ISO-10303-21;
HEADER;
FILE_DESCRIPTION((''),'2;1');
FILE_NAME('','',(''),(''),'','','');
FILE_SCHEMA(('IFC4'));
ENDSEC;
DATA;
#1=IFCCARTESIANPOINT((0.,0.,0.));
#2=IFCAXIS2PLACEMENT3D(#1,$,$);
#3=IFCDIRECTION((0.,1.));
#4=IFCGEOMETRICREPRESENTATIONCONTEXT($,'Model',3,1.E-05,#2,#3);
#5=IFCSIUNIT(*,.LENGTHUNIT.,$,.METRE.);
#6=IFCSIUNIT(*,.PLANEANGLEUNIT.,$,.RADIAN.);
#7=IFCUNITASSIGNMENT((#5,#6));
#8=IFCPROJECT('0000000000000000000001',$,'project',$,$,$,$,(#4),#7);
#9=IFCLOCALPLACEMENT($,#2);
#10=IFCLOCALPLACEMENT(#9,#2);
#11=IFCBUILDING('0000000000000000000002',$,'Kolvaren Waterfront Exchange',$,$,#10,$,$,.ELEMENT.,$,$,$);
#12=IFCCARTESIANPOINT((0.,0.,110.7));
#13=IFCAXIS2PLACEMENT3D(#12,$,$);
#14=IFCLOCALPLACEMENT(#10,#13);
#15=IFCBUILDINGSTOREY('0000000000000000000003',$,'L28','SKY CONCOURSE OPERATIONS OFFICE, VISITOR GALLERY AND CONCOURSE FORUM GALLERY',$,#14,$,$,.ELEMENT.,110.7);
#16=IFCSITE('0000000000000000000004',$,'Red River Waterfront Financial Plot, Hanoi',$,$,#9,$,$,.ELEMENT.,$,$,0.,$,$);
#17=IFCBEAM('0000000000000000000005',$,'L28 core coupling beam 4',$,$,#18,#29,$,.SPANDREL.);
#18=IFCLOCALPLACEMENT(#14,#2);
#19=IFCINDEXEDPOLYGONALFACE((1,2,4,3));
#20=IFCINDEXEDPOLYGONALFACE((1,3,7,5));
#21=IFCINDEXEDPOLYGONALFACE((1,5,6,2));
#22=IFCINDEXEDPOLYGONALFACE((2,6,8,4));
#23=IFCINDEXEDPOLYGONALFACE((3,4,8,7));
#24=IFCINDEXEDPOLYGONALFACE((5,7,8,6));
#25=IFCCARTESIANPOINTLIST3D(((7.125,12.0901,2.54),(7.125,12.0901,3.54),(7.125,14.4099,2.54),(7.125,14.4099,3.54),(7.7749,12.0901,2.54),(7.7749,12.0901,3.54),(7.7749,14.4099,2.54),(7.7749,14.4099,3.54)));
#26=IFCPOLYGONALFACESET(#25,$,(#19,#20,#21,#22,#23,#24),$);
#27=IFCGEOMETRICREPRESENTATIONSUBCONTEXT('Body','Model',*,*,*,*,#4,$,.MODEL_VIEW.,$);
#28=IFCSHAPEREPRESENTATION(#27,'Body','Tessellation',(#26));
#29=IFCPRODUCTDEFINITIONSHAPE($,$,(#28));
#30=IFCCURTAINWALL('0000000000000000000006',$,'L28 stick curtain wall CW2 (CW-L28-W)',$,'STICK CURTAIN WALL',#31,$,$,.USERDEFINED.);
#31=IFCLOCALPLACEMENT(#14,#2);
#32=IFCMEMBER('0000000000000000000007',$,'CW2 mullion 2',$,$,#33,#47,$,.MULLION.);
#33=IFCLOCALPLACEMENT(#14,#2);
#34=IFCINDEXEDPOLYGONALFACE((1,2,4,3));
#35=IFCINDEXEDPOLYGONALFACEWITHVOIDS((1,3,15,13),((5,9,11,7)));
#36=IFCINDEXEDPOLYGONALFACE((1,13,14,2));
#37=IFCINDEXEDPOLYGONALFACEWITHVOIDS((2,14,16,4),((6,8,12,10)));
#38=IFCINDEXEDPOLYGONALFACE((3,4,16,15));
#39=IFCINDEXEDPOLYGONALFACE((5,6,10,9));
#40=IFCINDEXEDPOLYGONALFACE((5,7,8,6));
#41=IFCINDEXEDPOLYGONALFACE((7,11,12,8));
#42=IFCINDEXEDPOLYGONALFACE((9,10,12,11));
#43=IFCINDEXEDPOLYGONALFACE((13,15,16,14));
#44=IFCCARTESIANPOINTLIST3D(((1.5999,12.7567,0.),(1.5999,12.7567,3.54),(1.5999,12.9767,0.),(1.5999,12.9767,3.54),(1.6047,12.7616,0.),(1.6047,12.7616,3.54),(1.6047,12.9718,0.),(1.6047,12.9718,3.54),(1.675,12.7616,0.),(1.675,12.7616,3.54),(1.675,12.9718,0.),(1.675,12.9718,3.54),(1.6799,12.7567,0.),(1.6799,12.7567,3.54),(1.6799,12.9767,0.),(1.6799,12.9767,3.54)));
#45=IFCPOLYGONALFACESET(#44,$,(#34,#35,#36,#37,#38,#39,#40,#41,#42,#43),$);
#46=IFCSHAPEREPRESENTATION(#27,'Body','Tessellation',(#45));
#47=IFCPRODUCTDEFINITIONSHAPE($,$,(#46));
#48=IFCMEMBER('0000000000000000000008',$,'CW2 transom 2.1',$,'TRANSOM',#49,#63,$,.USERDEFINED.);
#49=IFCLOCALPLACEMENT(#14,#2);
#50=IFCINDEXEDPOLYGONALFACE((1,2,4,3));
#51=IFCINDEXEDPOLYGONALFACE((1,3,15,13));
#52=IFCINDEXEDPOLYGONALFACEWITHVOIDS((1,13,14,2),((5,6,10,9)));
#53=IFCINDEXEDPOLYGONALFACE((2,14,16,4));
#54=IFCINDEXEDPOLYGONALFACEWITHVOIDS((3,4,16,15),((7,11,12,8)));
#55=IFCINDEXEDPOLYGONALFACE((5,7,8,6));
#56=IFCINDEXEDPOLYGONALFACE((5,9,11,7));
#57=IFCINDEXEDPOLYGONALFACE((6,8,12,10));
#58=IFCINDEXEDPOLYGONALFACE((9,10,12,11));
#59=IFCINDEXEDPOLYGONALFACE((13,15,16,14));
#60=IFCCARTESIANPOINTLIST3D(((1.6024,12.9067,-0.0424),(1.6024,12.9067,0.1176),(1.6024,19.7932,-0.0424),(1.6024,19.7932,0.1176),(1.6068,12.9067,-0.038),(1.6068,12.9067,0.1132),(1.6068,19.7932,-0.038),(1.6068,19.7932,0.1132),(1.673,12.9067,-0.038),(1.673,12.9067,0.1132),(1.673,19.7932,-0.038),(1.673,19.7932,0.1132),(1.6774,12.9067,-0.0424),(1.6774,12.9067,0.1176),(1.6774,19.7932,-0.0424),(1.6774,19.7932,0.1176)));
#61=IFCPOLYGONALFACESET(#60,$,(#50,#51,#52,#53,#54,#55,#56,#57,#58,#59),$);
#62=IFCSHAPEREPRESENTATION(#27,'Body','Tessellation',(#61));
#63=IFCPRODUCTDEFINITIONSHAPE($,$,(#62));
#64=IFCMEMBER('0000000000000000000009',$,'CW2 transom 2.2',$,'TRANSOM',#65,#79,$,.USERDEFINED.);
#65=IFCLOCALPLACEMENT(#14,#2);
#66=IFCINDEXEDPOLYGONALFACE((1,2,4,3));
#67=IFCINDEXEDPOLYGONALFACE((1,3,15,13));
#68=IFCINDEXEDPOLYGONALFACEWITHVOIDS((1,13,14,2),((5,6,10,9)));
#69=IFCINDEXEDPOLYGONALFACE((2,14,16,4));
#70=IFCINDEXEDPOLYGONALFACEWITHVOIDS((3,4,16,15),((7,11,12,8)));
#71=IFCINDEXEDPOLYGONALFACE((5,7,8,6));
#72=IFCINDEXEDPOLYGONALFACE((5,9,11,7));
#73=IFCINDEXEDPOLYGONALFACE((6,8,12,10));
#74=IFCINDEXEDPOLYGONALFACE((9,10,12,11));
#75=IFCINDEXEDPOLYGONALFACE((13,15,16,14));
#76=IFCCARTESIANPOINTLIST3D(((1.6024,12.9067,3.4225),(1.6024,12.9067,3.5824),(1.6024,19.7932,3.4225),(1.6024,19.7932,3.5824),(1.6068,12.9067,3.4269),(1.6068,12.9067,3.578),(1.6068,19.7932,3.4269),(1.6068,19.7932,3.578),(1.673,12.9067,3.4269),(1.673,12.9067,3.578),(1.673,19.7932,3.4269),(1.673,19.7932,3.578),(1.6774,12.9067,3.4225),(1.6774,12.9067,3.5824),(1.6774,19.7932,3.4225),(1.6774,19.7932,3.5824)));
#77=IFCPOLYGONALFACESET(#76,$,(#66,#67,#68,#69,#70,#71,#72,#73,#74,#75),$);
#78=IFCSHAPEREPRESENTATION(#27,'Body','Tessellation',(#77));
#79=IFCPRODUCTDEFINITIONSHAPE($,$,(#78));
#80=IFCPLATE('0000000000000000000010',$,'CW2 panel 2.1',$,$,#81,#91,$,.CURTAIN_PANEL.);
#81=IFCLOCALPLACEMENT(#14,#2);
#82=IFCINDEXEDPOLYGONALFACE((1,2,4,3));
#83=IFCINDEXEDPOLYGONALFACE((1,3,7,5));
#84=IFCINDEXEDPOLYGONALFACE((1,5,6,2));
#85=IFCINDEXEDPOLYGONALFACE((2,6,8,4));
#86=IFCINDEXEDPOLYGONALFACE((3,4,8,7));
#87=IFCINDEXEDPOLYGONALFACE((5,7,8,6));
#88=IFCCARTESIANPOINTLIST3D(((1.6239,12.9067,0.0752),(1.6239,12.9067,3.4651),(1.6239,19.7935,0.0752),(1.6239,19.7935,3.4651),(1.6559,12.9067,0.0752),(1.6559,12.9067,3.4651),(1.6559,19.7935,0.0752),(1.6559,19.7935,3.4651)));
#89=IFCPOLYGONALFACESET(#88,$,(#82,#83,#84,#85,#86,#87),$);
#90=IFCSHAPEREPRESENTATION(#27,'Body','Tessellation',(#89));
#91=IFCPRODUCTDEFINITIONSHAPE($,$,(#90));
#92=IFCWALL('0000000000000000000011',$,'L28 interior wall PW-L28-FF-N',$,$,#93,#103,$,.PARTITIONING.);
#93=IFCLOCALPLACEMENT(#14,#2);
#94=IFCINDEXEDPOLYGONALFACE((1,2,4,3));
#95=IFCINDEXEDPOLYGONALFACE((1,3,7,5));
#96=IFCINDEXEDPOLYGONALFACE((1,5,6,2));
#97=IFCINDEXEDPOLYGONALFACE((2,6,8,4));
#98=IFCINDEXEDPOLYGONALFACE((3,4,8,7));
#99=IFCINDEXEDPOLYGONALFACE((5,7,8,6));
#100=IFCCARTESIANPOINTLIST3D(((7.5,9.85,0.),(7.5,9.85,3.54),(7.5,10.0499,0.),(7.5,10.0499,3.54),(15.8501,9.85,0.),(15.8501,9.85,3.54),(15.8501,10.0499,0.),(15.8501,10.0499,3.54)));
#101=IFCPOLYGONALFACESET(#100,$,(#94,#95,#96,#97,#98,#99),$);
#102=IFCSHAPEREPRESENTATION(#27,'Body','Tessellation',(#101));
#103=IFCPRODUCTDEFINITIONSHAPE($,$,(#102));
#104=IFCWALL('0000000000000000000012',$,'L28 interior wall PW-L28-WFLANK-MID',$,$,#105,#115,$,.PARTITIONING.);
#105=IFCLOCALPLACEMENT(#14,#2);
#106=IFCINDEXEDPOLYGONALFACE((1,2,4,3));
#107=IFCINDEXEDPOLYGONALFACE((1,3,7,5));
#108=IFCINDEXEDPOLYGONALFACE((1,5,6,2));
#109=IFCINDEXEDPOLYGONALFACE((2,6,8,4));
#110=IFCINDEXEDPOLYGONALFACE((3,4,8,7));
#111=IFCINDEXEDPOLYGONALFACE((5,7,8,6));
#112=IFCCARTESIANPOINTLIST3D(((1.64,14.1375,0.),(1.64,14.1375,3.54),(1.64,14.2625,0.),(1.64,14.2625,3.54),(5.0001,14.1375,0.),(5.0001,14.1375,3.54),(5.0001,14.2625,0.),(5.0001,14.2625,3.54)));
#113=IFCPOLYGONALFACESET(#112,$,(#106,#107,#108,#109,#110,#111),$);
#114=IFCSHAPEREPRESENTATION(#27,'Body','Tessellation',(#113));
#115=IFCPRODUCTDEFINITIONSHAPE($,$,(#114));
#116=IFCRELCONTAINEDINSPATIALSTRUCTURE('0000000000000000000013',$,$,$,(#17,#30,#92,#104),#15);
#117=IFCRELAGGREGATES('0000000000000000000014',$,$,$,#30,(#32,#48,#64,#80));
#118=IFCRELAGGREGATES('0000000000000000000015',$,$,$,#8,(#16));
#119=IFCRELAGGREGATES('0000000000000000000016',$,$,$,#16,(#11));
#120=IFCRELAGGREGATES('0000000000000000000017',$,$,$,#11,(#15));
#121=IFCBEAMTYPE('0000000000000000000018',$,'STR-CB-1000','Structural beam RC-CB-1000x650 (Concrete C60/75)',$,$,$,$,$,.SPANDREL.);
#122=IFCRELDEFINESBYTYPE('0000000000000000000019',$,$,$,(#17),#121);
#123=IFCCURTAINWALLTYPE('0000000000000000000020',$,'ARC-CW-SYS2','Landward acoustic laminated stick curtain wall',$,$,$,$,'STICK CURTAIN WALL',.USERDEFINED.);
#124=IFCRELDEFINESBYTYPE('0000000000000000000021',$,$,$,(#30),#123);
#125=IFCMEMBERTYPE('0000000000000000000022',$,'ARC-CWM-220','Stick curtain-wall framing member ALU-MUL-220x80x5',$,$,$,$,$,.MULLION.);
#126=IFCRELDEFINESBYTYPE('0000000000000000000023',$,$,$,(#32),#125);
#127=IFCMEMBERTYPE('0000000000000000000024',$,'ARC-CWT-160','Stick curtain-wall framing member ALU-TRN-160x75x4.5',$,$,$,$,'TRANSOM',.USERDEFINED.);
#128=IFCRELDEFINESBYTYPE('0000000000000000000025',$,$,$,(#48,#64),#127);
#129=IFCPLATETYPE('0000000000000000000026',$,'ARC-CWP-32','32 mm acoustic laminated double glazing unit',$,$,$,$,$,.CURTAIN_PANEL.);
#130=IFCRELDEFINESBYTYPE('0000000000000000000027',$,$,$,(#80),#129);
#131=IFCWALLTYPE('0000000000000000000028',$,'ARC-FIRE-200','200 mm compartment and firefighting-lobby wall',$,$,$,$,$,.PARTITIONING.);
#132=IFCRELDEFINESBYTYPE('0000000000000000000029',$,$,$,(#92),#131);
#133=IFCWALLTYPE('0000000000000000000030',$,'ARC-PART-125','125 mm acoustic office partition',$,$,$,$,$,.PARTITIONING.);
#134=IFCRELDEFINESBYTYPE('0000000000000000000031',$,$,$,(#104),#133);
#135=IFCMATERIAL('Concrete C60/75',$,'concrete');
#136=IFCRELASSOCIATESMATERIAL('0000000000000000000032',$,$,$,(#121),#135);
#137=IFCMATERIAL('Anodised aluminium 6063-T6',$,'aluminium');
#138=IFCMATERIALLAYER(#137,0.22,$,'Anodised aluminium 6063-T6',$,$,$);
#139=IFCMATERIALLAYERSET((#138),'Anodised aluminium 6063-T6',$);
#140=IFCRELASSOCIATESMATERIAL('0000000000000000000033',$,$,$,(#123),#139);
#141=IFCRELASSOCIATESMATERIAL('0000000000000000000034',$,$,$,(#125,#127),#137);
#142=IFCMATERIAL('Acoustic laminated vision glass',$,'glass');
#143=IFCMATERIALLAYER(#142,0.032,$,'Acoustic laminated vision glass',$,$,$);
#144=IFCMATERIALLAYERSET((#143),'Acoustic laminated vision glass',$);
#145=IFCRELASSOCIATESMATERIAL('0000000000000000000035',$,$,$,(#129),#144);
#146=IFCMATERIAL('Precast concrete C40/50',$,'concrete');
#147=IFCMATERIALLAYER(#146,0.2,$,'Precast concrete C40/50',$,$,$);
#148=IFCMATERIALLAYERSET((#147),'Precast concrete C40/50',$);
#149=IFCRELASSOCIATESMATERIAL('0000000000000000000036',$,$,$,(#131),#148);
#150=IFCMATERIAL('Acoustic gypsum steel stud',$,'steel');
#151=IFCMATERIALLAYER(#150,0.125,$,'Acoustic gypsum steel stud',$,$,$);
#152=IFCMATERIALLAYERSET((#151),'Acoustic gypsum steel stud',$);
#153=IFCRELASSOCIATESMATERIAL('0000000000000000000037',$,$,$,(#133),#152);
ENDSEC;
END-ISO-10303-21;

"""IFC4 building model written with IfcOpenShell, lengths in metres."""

from ifc_helpers import new_model, si_unit, direction, frame, frame_2d, origin, origin_with_axes, origin_2d, place, context, subcontext, project, spatial, rectangle, hollow_rectangle, extrude, source, transform, mapped, material, layer, layer_set, material_profile, profile_set, type_object, element, aggregate, save


model = new_model("IFC4")

# Units and contexts
model_context = context("Model", 3, precision=1e-05, world=origin(), true_north=direction((0.0, 1.0)))
body_context = subcontext(model_context, "Body", "Model", "MODEL_VIEW")
ifc_project = project(units=[si_unit("LENGTHUNIT", "METRE"), si_unit("PLANEANGLEUNIT", "RADIAN")], contexts=[model_context])

# Site, building, storey
site_placement = place(None, origin())
site = spatial("IfcSite", under=ifc_project, at=site_placement, Name="Red River Waterfront Financial Plot, Hanoi", CompositionType="ELEMENT", RefElevation=0.0)
building_placement = place(site_placement, origin())
building = spatial("IfcBuilding", under=site, at=building_placement, Name="Kolvaren Waterfront Exchange", CompositionType="ELEMENT")
storey_placement = place(building_placement, frame((0.0, 0.0, 110.7)))
storey = spatial("IfcBuildingStorey", under=building, at=storey_placement, Name="L28", Description="SKY CONCOURSE OPERATIONS OFFICE, VISITOR GALLERY AND CONCOURSE FORUM GALLERY", CompositionType="ELEMENT", Elevation=110.7)

# Beam
ifc_material_1 = material(Name="Concrete C60/75", Category="concrete")
ifc_material_profile_1 = material_profile(ifc_material_1, rectangle(XDim=0.6499, YDim=1.0, at=origin_2d()), Name="RC-CB-1000x650")
ifc_profile_set_1 = profile_set([ifc_material_profile_1], Name="Concrete C60/75")
beam_type = type_object("IfcBeamType", Name="STR-CB-1000", Description="Structural beam RC-CB-1000x650 (Concrete C60/75)", PredefinedType="SPANDREL", material=ifc_profile_set_1)
beam_placement = place(storey_placement, frame((7.45, 12.0901, 3.04), z_axis=(0.0, 1.0, 0.0), x_axis=(-1.0, 0.0, 0.0)))
element("IfcBeam", 1, at=beam_placement, inside=storey, type_object=beam_type, Name="L28 core coupling beam 4", PredefinedType="SPANDREL", context=body_context, shape_type="SweptSolid", body=[
    extrude(rectangle(XDim=0.6499, YDim=1.0, at=origin_2d()), origin(), (0.0, 0.0, 1.0), 2.3198),
])

# Curtain wall, members, plate
ifc_material_2 = material(Name="Anodised aluminium 6063-T6", Category="aluminium")
ifc_layer_1 = layer(ifc_material_2, 0.22, Name="Anodised aluminium 6063-T6")
ifc_layer_set_1 = layer_set([ifc_layer_1], Name="Anodised aluminium 6063-T6")
curtain_wall_type = type_object("IfcCurtainWallType", Name="ARC-CW-SYS2", Description="Landward acoustic laminated stick curtain wall", ElementType="STICK CURTAIN WALL", PredefinedType="USERDEFINED", material=ifc_layer_set_1)
curtain_wall_placement = place(storey_placement, origin())
curtain_wall = element("IfcCurtainWall", 2, at=curtain_wall_placement, inside=storey, type_object=curtain_wall_type, Name="L28 stick curtain wall CW2 (CW-L28-W)", ObjectType="STICK CURTAIN WALL", PredefinedType="USERDEFINED")
ifc_material_profile_2 = material_profile(ifc_material_2, hollow_rectangle(XDim=0.0801, YDim=0.22, WallThickness=0.0049, at=origin_2d()), Name="ALU-MUL-220x80x5")
ifc_profile_set_2 = profile_set([ifc_material_profile_2], Name="Anodised aluminium 6063-T6")
member_type_1 = type_object("IfcMemberType", Name="ARC-CWM-220", Description="Stick curtain-wall framing member ALU-MUL-220x80x5", PredefinedType="MULLION", material=ifc_profile_set_2)
shared_shape_1 = source(origin_with_axes(), body_context, "Body", "SweptSolid", [
    extrude(hollow_rectangle(XDim=0.0801, YDim=0.22, WallThickness=0.0049, at=origin_2d()), origin(), (0.0, 0.0, 1.0), 3.54),
])
member_1_placement = place(storey_placement, frame((1.6399, 12.8667, 0.0), z_axis=(0.0, 0.0, 1.0), x_axis=(-1.0, 0.0, 0.0)))
member_1 = element("IfcMember", 3, at=member_1_placement, type_object=member_type_1, Name="CW2 mullion 2", PredefinedType="MULLION", context=body_context, shape_type="MappedRepresentation", body=[
    mapped(shared_shape_1, transform((0.0, 0.0, 0.0), x_axis=(1.0, 0.0, 0.0), y_axis=(0.0, 1.0, 0.0), z_axis=(0.0, 0.0, 1.0), scale=1.0)),
])
ifc_material_profile_3 = material_profile(ifc_material_2, hollow_rectangle(XDim=0.075, YDim=0.1599, WallThickness=0.0044, at=origin_2d()), Name="ALU-TRN-160x75x4.5")
ifc_profile_set_3 = profile_set([ifc_material_profile_3], Name="Anodised aluminium 6063-T6")
member_type_2 = type_object("IfcMemberType", Name="ARC-CWT-160", Description="Stick curtain-wall framing member ALU-TRN-160x75x4.5", ElementType="TRANSOM", PredefinedType="USERDEFINED", material=ifc_profile_set_3)
shared_shape_2 = source(origin_with_axes(), body_context, "Body", "SweptSolid", [
    extrude(hollow_rectangle(XDim=0.075, YDim=0.1599, WallThickness=0.0044, at=origin_2d()), origin(), (0.0, 0.0, 1.0), 6.8865),
])
member_2_placement = place(storey_placement, frame((1.6399, 12.9067, 0.0376), z_axis=(0.0, 1.0, 0.0), x_axis=(-1.0, 0.0, 0.0)))
member_2 = element("IfcMember", 4, at=member_2_placement, type_object=member_type_2, Name="CW2 transom 2.1", ObjectType="TRANSOM", PredefinedType="USERDEFINED", context=body_context, shape_type="MappedRepresentation", body=[
    mapped(shared_shape_2, transform((0.0, 0.0, 0.0), x_axis=(1.0, 0.0, 0.0), y_axis=(0.0, 1.0, 0.0), z_axis=(0.0, 0.0, 1.0), scale=1.0)),
])
member_3_placement = place(storey_placement, frame((1.6399, 12.9067, 3.5024), z_axis=(0.0, 1.0, 0.0), x_axis=(-1.0, 0.0, 0.0)))
member_3 = element("IfcMember", 5, at=member_3_placement, type_object=member_type_2, Name="CW2 transom 2.2", ObjectType="TRANSOM", PredefinedType="USERDEFINED", context=body_context, shape_type="MappedRepresentation", body=[
    mapped(shared_shape_2, transform((0.0, 0.0, 0.0), x_axis=(1.0, 0.0, 0.0), y_axis=(0.0, 1.0, 0.0), z_axis=(0.0, 0.0, 1.0), scale=1.0)),
])
ifc_material_3 = material(Name="Acoustic laminated vision glass", Category="glass")
ifc_layer_2 = layer(ifc_material_3, 0.032, Name="Acoustic laminated vision glass")
ifc_layer_set_2 = layer_set([ifc_layer_2], Name="Acoustic laminated vision glass")
plate_type = type_object("IfcPlateType", Name="ARC-CWP-32", Description="32 mm acoustic laminated double glazing unit", PredefinedType="CURTAIN_PANEL", material=ifc_layer_set_2)
shared_shape_3 = source(origin_with_axes(), body_context, "Body", "SweptSolid", [
    extrude(rectangle(XDim=6.8867, YDim=0.032, at=origin_2d()), origin(), (0.0, 0.0, 1.0), 3.3899),
])
plate_placement = place(storey_placement, frame((1.6399, 16.3501, 0.0752), z_axis=(0.0, 0.0, 1.0), x_axis=(0.0, 1.0, 0.0)))
plate = element("IfcPlate", 6, at=plate_placement, type_object=plate_type, Name="CW2 panel 2.1", PredefinedType="CURTAIN_PANEL", context=body_context, shape_type="MappedRepresentation", body=[
    mapped(shared_shape_3, transform((0.0, 0.0, 0.0), x_axis=(1.0, 0.0, 0.0), y_axis=(0.0, 1.0, 0.0), z_axis=(0.0, 0.0, 1.0), scale=1.0)),
])
aggregate(curtain_wall, [member_1, member_2, member_3, plate])

# Walls
ifc_material_4 = material(Name="Precast concrete C40/50", Category="concrete")
ifc_layer_3 = layer(ifc_material_4, 0.2, Name="Precast concrete C40/50")
ifc_layer_set_3 = layer_set([ifc_layer_3], Name="Precast concrete C40/50")
wall_type_1 = type_object("IfcWallType", Name="ARC-FIRE-200", Description="200 mm compartment and firefighting-lobby wall", PredefinedType="PARTITIONING", material=ifc_layer_set_3)
wall_1_placement = place(storey_placement, frame((7.5, 9.95, 0.0), z_axis=(0.0, 0.0, 1.0), x_axis=(1.0, 0.0, 0.0)))
element("IfcWall", 7, at=wall_1_placement, inside=storey, type_object=wall_type_1, Name="L28 interior wall PW-L28-FF-N", PredefinedType="PARTITIONING", context=body_context, shape_type="SweptSolid", body=[
    extrude(rectangle(XDim=8.3501, YDim=0.2, at=frame_2d((4.175, 0.0))), origin(), (0.0, 0.0, 1.0), 3.54),
])
ifc_material_5 = material(Name="Acoustic gypsum steel stud", Category="steel")
ifc_layer_4 = layer(ifc_material_5, 0.125, Name="Acoustic gypsum steel stud")
ifc_layer_set_4 = layer_set([ifc_layer_4], Name="Acoustic gypsum steel stud")
wall_type_2 = type_object("IfcWallType", Name="ARC-PART-125", Description="125 mm acoustic office partition", PredefinedType="PARTITIONING", material=ifc_layer_set_4)
wall_2_placement = place(storey_placement, frame((1.6399, 14.2, 0.0), z_axis=(0.0, 0.0, 1.0), x_axis=(1.0, 0.0, 0.0)))
element("IfcWall", 8, at=wall_2_placement, inside=storey, type_object=wall_type_2, Name="L28 interior wall PW-L28-WFLANK-MID", PredefinedType="PARTITIONING", context=body_context, shape_type="SweptSolid", body=[
    extrude(rectangle(XDim=3.3601, YDim=0.125, at=frame_2d((1.6802, 0.0))), origin(), (0.0, 0.0, 1.0), 3.54),
])

save(model, "model.ifc")
